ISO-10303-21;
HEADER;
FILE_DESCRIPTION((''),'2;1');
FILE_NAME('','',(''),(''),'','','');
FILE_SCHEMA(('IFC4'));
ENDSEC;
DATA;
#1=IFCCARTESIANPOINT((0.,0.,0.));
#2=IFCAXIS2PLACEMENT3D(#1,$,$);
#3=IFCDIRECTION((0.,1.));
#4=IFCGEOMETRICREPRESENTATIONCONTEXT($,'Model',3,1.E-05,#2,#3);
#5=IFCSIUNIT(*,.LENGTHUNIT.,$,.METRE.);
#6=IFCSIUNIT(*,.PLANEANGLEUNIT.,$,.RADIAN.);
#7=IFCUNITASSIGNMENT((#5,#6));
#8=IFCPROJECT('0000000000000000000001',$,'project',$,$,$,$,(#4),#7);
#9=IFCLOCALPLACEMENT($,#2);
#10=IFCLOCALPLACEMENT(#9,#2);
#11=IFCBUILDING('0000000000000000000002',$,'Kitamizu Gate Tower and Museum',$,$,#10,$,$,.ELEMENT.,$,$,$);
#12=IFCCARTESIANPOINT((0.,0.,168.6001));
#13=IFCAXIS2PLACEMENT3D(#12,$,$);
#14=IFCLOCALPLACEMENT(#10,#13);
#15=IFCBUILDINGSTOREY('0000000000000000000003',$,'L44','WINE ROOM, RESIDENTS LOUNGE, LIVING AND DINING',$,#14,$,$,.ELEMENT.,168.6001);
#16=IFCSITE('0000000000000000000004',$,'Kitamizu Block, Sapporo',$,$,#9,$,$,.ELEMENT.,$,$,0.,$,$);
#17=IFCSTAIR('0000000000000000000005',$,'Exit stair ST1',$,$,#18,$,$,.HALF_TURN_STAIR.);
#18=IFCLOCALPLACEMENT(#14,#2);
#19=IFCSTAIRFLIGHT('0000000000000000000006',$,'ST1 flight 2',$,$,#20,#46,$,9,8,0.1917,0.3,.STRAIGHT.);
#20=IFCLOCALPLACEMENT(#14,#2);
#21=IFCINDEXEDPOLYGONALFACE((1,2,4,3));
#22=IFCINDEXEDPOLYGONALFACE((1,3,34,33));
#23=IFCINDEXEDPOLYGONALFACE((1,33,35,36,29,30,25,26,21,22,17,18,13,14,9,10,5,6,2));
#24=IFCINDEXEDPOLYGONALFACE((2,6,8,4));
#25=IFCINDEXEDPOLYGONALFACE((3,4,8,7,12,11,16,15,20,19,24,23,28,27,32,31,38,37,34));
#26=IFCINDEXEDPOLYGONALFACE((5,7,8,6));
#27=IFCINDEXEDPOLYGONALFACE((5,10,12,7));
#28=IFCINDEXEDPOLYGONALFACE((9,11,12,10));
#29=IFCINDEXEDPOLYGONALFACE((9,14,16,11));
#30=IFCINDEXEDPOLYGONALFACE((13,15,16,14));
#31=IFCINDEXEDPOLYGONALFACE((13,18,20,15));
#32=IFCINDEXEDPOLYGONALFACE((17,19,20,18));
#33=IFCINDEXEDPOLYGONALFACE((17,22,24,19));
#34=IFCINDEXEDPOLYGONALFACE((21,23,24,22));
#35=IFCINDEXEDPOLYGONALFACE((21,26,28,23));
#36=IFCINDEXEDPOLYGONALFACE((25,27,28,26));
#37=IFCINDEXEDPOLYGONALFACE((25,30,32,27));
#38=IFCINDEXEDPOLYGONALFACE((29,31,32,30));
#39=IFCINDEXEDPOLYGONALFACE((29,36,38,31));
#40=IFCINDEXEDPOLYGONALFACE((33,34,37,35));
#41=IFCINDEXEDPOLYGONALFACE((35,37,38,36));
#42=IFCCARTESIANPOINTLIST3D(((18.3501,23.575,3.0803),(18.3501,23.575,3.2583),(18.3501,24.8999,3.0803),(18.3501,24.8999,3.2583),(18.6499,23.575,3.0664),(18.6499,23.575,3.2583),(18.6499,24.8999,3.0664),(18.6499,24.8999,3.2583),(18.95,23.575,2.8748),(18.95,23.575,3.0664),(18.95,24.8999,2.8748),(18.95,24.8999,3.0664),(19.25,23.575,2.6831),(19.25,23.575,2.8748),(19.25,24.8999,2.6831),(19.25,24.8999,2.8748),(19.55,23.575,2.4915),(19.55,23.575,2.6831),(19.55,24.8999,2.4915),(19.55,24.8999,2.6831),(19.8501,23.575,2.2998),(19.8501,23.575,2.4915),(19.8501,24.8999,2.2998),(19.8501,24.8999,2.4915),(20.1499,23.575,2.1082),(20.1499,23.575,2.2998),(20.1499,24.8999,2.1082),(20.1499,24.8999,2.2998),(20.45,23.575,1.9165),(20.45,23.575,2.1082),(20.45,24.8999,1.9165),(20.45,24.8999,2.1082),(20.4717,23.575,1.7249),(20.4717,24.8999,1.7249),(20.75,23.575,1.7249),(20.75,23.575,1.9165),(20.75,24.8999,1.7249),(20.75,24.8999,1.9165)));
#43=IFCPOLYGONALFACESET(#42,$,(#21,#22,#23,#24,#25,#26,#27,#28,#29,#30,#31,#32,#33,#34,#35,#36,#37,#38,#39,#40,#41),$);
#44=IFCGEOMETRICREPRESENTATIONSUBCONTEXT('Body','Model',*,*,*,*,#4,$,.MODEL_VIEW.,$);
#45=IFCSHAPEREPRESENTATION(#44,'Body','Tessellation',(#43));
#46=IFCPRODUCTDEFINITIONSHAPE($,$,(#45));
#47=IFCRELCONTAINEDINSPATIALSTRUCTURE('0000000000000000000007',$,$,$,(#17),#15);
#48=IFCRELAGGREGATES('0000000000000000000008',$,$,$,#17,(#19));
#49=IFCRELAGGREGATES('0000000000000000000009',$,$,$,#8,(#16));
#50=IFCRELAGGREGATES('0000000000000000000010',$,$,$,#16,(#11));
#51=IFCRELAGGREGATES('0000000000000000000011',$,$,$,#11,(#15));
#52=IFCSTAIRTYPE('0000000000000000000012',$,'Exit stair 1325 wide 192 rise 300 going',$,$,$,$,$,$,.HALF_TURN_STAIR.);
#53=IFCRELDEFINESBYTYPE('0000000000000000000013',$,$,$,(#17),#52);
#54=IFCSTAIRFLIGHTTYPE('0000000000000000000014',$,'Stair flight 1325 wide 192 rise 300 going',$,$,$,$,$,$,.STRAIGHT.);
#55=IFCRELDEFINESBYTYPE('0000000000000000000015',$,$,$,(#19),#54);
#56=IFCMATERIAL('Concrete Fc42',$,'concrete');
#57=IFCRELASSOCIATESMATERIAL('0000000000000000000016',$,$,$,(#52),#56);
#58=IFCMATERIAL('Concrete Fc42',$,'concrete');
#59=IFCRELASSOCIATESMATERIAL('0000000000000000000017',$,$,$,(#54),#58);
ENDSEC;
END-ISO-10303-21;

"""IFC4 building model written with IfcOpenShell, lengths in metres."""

from ifc_helpers import new_model, si_unit, direction, frame, origin, place, context, subcontext, project, spatial, polyline, outline, extrude, material, type_object, element, aggregate, save


model = new_model("IFC4")

# Units and contexts
model_context = context("Model", 3, precision=1e-05, world=origin(), true_north=direction((0.0, 1.0)))
body_context = subcontext(model_context, "Body", "Model", "MODEL_VIEW")
ifc_project = project(units=[si_unit("LENGTHUNIT", "METRE"), si_unit("PLANEANGLEUNIT", "RADIAN")], contexts=[model_context])

# Site, building, storey
site_placement = place(None, origin())
site = spatial("IfcSite", under=ifc_project, at=site_placement, Name="Kitamizu Block, Sapporo", CompositionType="ELEMENT", RefElevation=0.0)
building_placement = place(site_placement, origin())
building = spatial("IfcBuilding", under=site, at=building_placement, Name="Kitamizu Gate Tower and Museum", CompositionType="ELEMENT")
storey_placement = place(building_placement, frame((0.0, 0.0, 168.6001)))
storey = spatial("IfcBuildingStorey", under=building, at=storey_placement, Name="L44", Description="WINE ROOM, RESIDENTS LOUNGE, LIVING AND DINING", CompositionType="ELEMENT", Elevation=168.6001)

# Stair, stair flight
ifc_material_1 = material(Name="Concrete Fc42", Category="concrete")
stair_type = type_object("IfcStairType", Name="Exit stair 1325 wide 192 rise 300 going", PredefinedType="HALF_TURN_STAIR", material=ifc_material_1)
stair_placement = place(storey_placement, origin())
stair = element("IfcStair", 1, at=stair_placement, inside=storey, type_object=stair_type, Name="Exit stair ST1", PredefinedType="HALF_TURN_STAIR")
ifc_material_2 = material(Name="Concrete Fc42", Category="concrete")
stair_flight_type = type_object("IfcStairFlightType", Name="Stair flight 1325 wide 192 rise 300 going", PredefinedType="STRAIGHT", material=ifc_material_2)
stair_flight_1_placement = place(storey_placement, frame((20.75, 24.2375, 1.7249), z_axis=(0.0, 0.0, 1.0), x_axis=(-1.0, 0.0, 0.0)))
stair_flight_1 = element("IfcStairFlight", 2, at=stair_flight_1_placement, type_object=stair_flight_type, Name="ST1 flight 2", NumberOfRisers=9, NumberOfTreads=8, PredefinedType="STRAIGHT", RiserHeight=0.1917, TreadLength=0.3, context=body_context, shape_type="SweptSolid", body=[
    extrude(outline(polyline([(0.0, 0.0), (0.0, 0.1917), (0.3, 0.1917), (0.3, 0.3833), (0.6001, 0.3833), (0.6001, 0.575), (0.8999, 0.575), (0.8999, 0.7666), (1.2, 0.7666), (1.2, 0.9583), (1.5, 0.9583), (1.5, 1.1499), (1.8, 1.1499), (1.8, 1.3416), (2.1001, 1.3416), (2.1001, 1.5334), (2.3999, 1.5334), (2.3999, 1.7251), (2.3999, 1.3555), (0.2783, 0.0), (0.0, 0.0)])), frame((0.0, 0.6626, 0.0), z_axis=(0.0, -1.0, 0.0), x_axis=(1.0, 0.0, 0.0)), (0.0, 0.0, 1.0), 1.325),
])
aggregate(stair, [stair_flight_1])

save(model, "model.ifc")
